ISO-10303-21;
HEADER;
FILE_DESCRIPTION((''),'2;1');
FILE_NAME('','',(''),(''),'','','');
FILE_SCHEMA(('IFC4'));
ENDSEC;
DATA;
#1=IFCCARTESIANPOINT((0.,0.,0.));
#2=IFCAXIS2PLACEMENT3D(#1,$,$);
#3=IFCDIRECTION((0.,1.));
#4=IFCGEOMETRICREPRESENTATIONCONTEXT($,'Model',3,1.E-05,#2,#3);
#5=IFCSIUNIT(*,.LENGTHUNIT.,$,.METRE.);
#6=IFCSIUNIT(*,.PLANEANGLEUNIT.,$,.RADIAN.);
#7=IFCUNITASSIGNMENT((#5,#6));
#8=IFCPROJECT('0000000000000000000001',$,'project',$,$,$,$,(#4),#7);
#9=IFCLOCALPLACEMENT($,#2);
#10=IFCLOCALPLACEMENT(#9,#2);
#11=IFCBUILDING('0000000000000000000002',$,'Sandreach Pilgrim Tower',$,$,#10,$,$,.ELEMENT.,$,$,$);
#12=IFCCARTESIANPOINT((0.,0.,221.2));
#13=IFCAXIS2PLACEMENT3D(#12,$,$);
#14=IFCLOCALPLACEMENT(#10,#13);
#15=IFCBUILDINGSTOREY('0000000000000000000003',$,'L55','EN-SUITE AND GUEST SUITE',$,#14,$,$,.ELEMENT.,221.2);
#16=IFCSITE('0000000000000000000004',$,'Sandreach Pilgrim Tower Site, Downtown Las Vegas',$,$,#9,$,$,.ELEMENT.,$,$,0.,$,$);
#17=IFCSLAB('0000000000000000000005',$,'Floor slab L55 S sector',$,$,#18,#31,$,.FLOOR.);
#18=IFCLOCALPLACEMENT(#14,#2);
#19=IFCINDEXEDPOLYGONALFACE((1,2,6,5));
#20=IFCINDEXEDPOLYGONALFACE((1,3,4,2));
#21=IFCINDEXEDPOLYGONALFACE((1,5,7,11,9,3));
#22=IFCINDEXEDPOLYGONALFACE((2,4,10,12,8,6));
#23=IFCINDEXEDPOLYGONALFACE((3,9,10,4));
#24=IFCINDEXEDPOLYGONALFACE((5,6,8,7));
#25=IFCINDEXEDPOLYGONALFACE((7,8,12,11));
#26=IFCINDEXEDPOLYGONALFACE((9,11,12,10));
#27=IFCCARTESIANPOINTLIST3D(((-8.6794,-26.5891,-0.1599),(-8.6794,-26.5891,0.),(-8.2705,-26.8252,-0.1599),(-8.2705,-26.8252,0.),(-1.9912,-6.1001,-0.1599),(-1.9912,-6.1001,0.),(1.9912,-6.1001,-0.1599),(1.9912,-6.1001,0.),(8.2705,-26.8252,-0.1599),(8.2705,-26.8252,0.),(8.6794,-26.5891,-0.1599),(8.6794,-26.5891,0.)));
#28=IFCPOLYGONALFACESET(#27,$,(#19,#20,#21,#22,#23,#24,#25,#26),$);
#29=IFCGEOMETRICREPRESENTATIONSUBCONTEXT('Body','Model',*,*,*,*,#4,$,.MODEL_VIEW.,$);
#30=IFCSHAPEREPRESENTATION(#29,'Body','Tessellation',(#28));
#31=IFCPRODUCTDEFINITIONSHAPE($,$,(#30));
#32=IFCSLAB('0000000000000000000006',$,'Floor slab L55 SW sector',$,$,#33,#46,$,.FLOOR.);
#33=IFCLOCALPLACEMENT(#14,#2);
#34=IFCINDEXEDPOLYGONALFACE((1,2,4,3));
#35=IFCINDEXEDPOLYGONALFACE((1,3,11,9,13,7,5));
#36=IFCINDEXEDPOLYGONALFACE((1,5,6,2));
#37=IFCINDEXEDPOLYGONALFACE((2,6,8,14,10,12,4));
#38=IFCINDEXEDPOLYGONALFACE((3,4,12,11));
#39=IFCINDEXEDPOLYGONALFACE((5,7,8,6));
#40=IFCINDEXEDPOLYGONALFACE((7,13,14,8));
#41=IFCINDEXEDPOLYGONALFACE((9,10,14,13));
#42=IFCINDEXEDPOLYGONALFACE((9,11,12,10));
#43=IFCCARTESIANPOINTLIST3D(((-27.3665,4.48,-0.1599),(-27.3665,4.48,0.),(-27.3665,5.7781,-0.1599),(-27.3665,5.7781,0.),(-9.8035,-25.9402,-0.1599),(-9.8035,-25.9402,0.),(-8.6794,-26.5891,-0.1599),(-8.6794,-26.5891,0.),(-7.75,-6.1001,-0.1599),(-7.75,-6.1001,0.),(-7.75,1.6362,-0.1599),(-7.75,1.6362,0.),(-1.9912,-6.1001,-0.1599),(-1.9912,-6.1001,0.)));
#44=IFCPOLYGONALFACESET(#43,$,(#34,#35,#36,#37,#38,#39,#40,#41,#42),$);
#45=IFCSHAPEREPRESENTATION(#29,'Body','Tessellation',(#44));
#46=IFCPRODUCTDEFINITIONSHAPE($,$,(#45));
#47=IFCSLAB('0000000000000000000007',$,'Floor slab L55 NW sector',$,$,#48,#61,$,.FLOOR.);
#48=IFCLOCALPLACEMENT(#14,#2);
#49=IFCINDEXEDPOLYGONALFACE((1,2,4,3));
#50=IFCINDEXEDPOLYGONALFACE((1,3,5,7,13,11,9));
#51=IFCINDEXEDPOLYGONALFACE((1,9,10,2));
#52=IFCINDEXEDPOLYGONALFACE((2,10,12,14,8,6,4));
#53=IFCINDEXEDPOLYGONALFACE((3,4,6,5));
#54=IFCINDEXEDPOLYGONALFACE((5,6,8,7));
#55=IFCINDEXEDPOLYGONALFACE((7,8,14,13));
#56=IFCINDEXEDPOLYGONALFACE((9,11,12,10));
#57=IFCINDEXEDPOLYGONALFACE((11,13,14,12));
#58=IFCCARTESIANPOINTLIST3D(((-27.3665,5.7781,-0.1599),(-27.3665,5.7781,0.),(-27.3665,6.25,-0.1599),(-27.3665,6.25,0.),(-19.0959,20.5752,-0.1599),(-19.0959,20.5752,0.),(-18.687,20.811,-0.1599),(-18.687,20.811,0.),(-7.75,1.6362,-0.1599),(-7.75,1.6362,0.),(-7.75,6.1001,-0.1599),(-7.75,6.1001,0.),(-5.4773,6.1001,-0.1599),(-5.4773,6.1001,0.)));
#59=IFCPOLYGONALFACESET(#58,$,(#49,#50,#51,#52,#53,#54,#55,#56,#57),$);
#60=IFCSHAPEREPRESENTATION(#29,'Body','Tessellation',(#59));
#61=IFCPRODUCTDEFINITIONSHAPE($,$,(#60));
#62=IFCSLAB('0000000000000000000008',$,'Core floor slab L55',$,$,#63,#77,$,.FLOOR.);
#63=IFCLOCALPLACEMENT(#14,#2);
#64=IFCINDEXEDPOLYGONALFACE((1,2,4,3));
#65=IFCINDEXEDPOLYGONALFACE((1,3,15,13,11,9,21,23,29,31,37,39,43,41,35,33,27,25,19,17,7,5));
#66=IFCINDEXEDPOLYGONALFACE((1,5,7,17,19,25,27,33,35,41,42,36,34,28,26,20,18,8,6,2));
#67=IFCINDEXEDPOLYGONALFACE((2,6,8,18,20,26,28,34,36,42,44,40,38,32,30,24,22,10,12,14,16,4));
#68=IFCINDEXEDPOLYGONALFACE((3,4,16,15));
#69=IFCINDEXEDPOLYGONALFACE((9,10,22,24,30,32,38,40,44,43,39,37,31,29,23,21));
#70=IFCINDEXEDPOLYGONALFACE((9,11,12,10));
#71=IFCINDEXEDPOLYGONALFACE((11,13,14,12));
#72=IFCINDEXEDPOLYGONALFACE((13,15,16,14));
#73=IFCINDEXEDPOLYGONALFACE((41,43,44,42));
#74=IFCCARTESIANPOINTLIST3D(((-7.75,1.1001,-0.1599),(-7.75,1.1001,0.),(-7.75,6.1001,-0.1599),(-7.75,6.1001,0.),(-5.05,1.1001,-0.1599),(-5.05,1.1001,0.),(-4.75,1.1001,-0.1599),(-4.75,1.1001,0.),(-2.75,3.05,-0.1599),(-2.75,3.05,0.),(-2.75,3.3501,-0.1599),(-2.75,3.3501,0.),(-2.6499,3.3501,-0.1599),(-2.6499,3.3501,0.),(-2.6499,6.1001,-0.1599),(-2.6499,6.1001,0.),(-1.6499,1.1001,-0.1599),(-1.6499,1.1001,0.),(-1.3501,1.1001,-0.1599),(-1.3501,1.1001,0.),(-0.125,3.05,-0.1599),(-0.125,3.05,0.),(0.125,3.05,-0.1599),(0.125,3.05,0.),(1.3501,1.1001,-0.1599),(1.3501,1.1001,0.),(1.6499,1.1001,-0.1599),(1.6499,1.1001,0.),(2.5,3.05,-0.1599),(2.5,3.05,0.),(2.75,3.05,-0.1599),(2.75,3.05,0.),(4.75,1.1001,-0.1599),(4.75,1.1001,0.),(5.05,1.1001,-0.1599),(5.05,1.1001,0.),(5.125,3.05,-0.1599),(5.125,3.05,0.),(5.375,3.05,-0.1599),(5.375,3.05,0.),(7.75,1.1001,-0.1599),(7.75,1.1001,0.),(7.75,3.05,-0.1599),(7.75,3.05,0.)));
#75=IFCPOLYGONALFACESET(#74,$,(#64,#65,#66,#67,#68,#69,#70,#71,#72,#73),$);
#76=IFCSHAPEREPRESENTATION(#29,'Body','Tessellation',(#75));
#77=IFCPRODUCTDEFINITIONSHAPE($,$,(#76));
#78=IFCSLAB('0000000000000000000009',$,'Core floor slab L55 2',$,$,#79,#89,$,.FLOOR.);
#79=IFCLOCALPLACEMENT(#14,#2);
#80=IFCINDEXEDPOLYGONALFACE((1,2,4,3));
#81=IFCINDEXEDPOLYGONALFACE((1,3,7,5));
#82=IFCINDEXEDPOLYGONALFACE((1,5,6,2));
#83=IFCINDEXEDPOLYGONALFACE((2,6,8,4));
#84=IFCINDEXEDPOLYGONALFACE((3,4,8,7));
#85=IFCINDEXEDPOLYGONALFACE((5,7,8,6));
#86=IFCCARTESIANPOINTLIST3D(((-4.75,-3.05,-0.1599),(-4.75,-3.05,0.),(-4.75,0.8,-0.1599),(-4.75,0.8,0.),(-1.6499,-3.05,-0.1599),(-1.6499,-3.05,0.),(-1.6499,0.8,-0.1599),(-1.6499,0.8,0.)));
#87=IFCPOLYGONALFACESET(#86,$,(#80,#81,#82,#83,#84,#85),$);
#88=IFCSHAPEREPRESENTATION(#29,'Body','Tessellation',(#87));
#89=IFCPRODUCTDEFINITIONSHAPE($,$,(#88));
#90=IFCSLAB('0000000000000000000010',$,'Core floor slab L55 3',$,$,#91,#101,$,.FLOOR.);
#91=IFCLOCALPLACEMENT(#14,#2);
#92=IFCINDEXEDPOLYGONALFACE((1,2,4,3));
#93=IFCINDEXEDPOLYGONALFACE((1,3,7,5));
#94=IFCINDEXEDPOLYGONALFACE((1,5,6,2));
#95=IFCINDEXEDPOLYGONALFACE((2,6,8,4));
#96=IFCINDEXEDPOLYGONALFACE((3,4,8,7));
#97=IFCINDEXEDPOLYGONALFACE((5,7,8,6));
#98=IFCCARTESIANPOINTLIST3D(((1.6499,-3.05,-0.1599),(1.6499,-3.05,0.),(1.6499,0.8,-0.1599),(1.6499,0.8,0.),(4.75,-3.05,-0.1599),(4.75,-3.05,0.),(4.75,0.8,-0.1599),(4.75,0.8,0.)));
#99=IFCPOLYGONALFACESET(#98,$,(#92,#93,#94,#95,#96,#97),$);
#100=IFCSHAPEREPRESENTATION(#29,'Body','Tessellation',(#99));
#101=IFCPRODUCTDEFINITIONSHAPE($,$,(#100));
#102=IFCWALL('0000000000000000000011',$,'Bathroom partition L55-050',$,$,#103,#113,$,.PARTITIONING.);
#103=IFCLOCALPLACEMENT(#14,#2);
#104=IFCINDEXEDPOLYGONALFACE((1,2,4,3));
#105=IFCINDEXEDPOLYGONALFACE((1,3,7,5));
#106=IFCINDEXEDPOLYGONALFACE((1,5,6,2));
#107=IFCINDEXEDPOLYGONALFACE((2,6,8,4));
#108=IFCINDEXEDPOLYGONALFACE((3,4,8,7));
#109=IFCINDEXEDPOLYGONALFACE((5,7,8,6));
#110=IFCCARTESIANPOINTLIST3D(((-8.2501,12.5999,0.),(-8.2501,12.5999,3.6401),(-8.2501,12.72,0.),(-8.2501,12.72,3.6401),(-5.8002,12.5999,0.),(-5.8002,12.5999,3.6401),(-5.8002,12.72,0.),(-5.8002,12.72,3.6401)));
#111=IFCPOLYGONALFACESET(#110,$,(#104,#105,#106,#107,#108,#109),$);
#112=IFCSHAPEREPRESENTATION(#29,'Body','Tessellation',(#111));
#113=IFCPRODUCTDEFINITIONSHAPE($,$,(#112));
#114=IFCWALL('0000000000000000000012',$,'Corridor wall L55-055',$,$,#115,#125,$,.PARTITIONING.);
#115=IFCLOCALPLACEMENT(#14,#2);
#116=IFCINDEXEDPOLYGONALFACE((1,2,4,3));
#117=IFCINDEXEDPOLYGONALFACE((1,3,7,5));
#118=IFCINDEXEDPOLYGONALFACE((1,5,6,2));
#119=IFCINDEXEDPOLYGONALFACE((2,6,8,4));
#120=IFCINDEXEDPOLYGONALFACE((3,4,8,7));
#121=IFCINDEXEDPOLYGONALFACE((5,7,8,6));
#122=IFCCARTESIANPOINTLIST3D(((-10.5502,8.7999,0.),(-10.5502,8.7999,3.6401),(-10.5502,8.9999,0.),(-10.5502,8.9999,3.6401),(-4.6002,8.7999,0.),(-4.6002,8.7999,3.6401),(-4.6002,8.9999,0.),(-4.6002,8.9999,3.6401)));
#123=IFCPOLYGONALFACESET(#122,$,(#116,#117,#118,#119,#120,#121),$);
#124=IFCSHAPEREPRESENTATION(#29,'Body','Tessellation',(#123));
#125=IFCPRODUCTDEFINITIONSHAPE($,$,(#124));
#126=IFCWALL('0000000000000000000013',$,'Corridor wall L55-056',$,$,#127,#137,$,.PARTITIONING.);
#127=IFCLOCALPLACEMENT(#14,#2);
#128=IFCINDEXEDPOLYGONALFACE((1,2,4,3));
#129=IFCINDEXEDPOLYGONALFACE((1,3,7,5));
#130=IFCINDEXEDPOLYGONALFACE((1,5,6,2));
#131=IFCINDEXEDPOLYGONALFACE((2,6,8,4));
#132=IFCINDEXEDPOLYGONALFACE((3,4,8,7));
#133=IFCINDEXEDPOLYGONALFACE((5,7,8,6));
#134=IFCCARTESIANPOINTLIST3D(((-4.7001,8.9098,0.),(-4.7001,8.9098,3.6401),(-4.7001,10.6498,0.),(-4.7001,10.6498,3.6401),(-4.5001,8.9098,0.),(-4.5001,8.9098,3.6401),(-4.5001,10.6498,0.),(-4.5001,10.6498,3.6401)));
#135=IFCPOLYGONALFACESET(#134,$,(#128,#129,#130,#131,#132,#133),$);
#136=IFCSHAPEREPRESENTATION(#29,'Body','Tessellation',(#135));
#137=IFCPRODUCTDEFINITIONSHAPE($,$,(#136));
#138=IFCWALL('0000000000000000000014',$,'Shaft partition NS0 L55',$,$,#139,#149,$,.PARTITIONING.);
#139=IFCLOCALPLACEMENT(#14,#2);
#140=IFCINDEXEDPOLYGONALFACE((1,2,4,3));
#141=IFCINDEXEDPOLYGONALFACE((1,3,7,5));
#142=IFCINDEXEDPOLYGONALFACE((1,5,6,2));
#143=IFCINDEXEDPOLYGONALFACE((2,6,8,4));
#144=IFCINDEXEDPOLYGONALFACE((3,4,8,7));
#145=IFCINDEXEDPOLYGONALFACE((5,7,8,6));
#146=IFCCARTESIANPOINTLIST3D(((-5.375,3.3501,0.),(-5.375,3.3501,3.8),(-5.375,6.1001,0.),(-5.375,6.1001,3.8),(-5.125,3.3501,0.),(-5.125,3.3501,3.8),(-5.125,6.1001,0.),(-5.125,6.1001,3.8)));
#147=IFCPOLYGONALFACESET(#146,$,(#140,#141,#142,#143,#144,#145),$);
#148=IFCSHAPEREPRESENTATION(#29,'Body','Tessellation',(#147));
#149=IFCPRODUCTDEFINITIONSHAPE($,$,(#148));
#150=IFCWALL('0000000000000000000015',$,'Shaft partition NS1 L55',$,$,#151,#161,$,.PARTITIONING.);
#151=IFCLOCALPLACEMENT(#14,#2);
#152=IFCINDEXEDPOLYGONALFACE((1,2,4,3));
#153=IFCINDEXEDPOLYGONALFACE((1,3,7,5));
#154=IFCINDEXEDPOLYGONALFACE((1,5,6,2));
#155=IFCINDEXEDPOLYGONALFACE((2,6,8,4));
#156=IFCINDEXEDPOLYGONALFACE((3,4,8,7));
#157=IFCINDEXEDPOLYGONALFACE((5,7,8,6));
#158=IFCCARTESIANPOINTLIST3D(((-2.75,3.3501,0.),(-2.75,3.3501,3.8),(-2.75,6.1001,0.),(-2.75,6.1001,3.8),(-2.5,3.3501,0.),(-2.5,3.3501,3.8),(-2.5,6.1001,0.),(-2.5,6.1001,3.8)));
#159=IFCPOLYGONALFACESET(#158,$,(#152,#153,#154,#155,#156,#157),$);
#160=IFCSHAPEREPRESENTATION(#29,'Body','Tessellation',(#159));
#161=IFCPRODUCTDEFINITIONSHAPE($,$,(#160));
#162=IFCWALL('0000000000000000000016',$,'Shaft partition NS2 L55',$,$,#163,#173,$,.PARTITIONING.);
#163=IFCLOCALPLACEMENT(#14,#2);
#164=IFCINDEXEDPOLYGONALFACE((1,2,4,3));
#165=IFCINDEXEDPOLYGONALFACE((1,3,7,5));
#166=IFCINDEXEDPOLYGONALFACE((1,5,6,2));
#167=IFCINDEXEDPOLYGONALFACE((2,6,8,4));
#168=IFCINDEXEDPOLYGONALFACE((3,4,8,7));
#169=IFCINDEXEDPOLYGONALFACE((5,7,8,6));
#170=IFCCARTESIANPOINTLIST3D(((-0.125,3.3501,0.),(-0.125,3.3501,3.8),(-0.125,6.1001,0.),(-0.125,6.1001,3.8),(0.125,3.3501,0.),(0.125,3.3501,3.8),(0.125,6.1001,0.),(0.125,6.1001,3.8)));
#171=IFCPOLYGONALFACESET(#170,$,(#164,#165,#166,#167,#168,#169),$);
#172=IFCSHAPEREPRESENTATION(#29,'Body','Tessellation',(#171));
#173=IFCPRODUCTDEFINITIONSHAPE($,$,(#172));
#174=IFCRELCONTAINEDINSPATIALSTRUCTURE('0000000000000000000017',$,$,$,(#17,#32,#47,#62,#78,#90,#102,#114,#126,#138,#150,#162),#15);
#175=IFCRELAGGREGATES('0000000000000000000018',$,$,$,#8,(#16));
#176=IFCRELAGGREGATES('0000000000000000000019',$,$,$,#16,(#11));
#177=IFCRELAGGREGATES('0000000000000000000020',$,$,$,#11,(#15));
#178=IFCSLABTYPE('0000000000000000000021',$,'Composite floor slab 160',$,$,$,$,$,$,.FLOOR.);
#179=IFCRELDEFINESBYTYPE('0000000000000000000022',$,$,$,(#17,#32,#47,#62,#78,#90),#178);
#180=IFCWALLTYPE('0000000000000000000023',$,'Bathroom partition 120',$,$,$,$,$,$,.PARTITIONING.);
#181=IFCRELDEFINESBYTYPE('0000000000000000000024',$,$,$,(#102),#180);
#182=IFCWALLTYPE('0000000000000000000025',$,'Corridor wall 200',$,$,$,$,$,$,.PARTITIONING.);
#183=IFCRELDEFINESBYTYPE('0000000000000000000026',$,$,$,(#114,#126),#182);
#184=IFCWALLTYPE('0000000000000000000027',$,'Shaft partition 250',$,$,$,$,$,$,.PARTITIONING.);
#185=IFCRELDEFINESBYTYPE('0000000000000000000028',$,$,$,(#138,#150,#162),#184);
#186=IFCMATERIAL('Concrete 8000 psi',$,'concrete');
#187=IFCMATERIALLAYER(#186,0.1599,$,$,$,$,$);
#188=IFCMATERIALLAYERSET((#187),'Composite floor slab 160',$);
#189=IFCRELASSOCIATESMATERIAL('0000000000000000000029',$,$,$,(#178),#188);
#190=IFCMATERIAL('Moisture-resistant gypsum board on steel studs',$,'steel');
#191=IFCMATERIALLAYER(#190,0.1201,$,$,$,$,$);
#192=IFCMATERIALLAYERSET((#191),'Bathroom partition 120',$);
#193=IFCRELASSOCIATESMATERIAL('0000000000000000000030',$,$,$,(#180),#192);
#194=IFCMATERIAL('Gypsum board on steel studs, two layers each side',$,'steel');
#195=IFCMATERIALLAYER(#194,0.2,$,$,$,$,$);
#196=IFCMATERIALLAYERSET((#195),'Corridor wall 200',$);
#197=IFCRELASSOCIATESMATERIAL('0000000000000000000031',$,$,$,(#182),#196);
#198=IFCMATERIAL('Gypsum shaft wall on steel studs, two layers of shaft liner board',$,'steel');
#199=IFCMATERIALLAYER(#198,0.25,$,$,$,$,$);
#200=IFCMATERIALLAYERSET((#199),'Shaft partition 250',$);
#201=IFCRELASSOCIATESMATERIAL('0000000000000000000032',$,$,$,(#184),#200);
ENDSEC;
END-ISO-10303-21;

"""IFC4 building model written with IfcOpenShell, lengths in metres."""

from ifc_helpers import new_model, si_unit, direction, frame, frame_2d, origin, place, context, subcontext, project, spatial, polyline, rectangle, outline, extrude, material, layer, layer_set, type_object, element, save


model = new_model("IFC4")

# Units and contexts
model_context = context("Model", 3, precision=1e-05, world=origin(), true_north=direction((0.0, 1.0)))
body_context = subcontext(model_context, "Body", "Model", "MODEL_VIEW")
ifc_project = project(units=[si_unit("LENGTHUNIT", "METRE"), si_unit("PLANEANGLEUNIT", "RADIAN")], contexts=[model_context])

# Site, building, storey
site_placement = place(None, origin())
site = spatial("IfcSite", under=ifc_project, at=site_placement, Name="Sandreach Pilgrim Tower Site, Downtown Las Vegas", CompositionType="ELEMENT", RefElevation=0.0)
building_placement = place(site_placement, origin())
building = spatial("IfcBuilding", under=site, at=building_placement, Name="Sandreach Pilgrim Tower", CompositionType="ELEMENT")
storey_placement = place(building_placement, frame((0.0, 0.0, 221.2)))
storey = spatial("IfcBuildingStorey", under=building, at=storey_placement, Name="L55", Description="EN-SUITE AND GUEST SUITE", CompositionType="ELEMENT", Elevation=221.2)

# Slabs
ifc_material_1 = material(Name="Concrete 8000 psi", Category="concrete")
ifc_layer_1 = layer(ifc_material_1, 0.1599)
ifc_layer_set_1 = layer_set([ifc_layer_1], Name="Composite floor slab 160")
slab_type = type_object("IfcSlabType", Name="Composite floor slab 160", PredefinedType="FLOOR", material=ifc_layer_set_1)
slab_1_placement = place(storey_placement, frame((0.0, 0.0, -0.1599)))
element("IfcSlab", 1, at=slab_1_placement, inside=storey, type_object=slab_type, Name="Floor slab L55 S sector", PredefinedType="FLOOR", context=body_context, shape_type="SweptSolid", body=[
    extrude(outline(polyline([(8.2705, -26.8252), (-8.2705, -26.8252), (-8.6794, -26.5891), (-1.9912, -6.1001), (1.9912, -6.1001), (8.6794, -26.5891), (8.2705, -26.8252)])), origin(), (0.0, 0.0, 1.0), 0.1599),
])
slab_2_placement = place(storey_placement, frame((0.0, 0.0, -0.1599)))
element("IfcSlab", 2, at=slab_2_placement, inside=storey, type_object=slab_type, Name="Floor slab L55 SW sector", PredefinedType="FLOOR", context=body_context, shape_type="SweptSolid", body=[
    extrude(outline(polyline([(-9.8035, -25.9402), (-27.3665, 4.48), (-27.3665, 5.7781), (-7.75, 1.6362), (-7.75, -6.1001), (-1.9912, -6.1001), (-8.6794, -26.5891), (-9.8035, -25.9402)])), origin(), (0.0, 0.0, 1.0), 0.1599),
])
slab_3_placement = place(storey_placement, frame((0.0, 0.0, -0.1599)))
element("IfcSlab", 3, at=slab_3_placement, inside=storey, type_object=slab_type, Name="Floor slab L55 NW sector", PredefinedType="FLOOR", context=body_context, shape_type="SweptSolid", body=[
    extrude(outline(polyline([(-27.3665, 6.25), (-19.0959, 20.5752), (-18.687, 20.811), (-5.4773, 6.1001), (-7.75, 6.1001), (-7.75, 1.6362), (-27.3665, 5.7781), (-27.3665, 6.25)])), origin(), (0.0, 0.0, 1.0), 0.1599),
])
slab_4_placement = place(storey_placement, frame((0.0, 0.0, -0.1599)))
element("IfcSlab", 4, at=slab_4_placement, inside=storey, type_object=slab_type, Name="Core floor slab L55", PredefinedType="FLOOR", context=body_context, shape_type="SweptSolid", body=[
    extrude(outline(polyline([(-2.75, 3.3501), (-2.75, 3.05), (-0.125, 3.05), (0.125, 3.05), (2.5, 3.05), (2.75, 3.05), (5.125, 3.05), (5.375, 3.05), (7.75, 3.05), (7.75, 1.1001), (5.05, 1.1001), (4.75, 1.1001), (1.6499, 1.1001), (1.3501, 1.1001), (-1.3501, 1.1001), (-1.6499, 1.1001), (-4.75, 1.1001), (-5.05, 1.1001), (-7.75, 1.1001), (-7.75, 6.1001), (-2.6499, 6.1001), (-2.6499, 3.3501), (-2.75, 3.3501)])), origin(), (0.0, 0.0, 1.0), 0.1599),
])
slab_5_placement = place(storey_placement, frame((0.0, 0.0, -0.1599)))
element("IfcSlab", 5, at=slab_5_placement, inside=storey, type_object=slab_type, Name="Core floor slab L55 2", PredefinedType="FLOOR", context=body_context, shape_type="SweptSolid", body=[
    extrude(outline(polyline([(-1.6499, -3.05), (-4.75, -3.05), (-4.75, 0.8), (-1.6499, 0.8), (-1.6499, -3.05)])), origin(), (0.0, 0.0, 1.0), 0.1599),
])
slab_6_placement = place(storey_placement, frame((0.0, 0.0, -0.1599)))
element("IfcSlab", 6, at=slab_6_placement, inside=storey, type_object=slab_type, Name="Core floor slab L55 3", PredefinedType="FLOOR", context=body_context, shape_type="SweptSolid", body=[
    extrude(outline(polyline([(4.75, -3.05), (1.6499, -3.05), (1.6499, 0.8), (4.75, 0.8), (4.75, -3.05)])), origin(), (0.0, 0.0, 1.0), 0.1599),
])

# Wall
ifc_material_2 = material(Name="Moisture-resistant gypsum board on steel studs", Category="steel")
ifc_layer_2 = layer(ifc_material_2, 0.1201)
ifc_layer_set_2 = layer_set([ifc_layer_2], Name="Bathroom partition 120")
wall_type_1 = type_object("IfcWallType", Name="Bathroom partition 120", PredefinedType="PARTITIONING", material=ifc_layer_set_2)
wall_1_placement = place(storey_placement, frame((-5.8, 12.6599, 0.0), z_axis=(0.0, 0.0, 1.0), x_axis=(-1.0, 0.0, 0.0)))
element("IfcWall", 7, at=wall_1_placement, inside=storey, type_object=wall_type_1, Name="Bathroom partition L55-050", PredefinedType="PARTITIONING", context=body_context, shape_type="SweptSolid", body=[
    extrude(rectangle(XDim=2.45, YDim=0.1201, at=frame_2d((1.2251, 0.0))), origin(), (0.0, 0.0, 1.0), 3.6401),
])

# Shared definitions
ifc_material_3 = material(Name="Gypsum board on steel studs, two layers each side", Category="steel")
ifc_layer_3 = layer(ifc_material_3, 0.2)
ifc_layer_set_3 = layer_set([ifc_layer_3], Name="Corridor wall 200")
wall_type_2 = type_object("IfcWallType", Name="Corridor wall 200", PredefinedType="PARTITIONING", material=ifc_layer_set_3)

# Walls
wall_2_placement = place(storey_placement, frame((-4.6001, 8.8999, 0.0), z_axis=(0.0, 0.0, 1.0), x_axis=(-1.0, 0.0, 0.0)))
element("IfcWall", 8, at=wall_2_placement, inside=storey, type_object=wall_type_2, Name="Corridor wall L55-055", PredefinedType="PARTITIONING", context=body_context, shape_type="SweptSolid", body=[
    extrude(rectangle(XDim=5.95, YDim=0.2, at=frame_2d((2.9751, 0.0))), origin(), (0.0, 0.0, 1.0), 3.6401),
])
wall_3_placement = place(storey_placement, frame((-4.6001, 10.6499, 0.0), z_axis=(0.0, 0.0, 1.0), x_axis=(0.0, -1.0, 0.0)))
element("IfcWall", 9, at=wall_3_placement, inside=storey, type_object=wall_type_2, Name="Corridor wall L55-056", PredefinedType="PARTITIONING", context=body_context, shape_type="SweptSolid", body=[
    extrude(rectangle(XDim=1.74, YDim=0.2, at=frame_2d((0.8701, 0.0))), origin(), (0.0, 0.0, 1.0), 3.6401),
])
ifc_material_4 = material(Name="Gypsum shaft wall on steel studs, two layers of shaft liner board", Category="steel")
ifc_layer_4 = layer(ifc_material_4, 0.25)
ifc_layer_set_4 = layer_set([ifc_layer_4], Name="Shaft partition 250")
wall_type_3 = type_object("IfcWallType", Name="Shaft partition 250", PredefinedType="PARTITIONING", material=ifc_layer_set_4)
for number, where, z_axis, x_axis, name in (
    (10, (-5.25, 3.3501, 0.0), (0.0, 0.0, 1.0), (0.0, 1.0, 0.0), "Shaft partition NS0 L55"),
    (11, (-2.625, 3.3501, 0.0), (0.0, 0.0, 1.0), (0.0, 1.0, 0.0), "Shaft partition NS1 L55"),
    (12, (0.0, 3.3501, 0.0), (0.0, 0.0, 1.0), (0.0, 1.0, 0.0), "Shaft partition NS2 L55"),
):
    element("IfcWall", number, at=place(storey_placement, frame(where, z_axis=z_axis, x_axis=x_axis)), inside=storey, type_object=wall_type_3, Name=name, PredefinedType="PARTITIONING", context=body_context, shape_type="SweptSolid", body=[
        extrude(rectangle(XDim=2.75, YDim=0.25, at=frame_2d((1.375, 0.0))), origin(), (0.0, 0.0, 1.0), 3.8),
    ])

save(model, "model.ifc")
